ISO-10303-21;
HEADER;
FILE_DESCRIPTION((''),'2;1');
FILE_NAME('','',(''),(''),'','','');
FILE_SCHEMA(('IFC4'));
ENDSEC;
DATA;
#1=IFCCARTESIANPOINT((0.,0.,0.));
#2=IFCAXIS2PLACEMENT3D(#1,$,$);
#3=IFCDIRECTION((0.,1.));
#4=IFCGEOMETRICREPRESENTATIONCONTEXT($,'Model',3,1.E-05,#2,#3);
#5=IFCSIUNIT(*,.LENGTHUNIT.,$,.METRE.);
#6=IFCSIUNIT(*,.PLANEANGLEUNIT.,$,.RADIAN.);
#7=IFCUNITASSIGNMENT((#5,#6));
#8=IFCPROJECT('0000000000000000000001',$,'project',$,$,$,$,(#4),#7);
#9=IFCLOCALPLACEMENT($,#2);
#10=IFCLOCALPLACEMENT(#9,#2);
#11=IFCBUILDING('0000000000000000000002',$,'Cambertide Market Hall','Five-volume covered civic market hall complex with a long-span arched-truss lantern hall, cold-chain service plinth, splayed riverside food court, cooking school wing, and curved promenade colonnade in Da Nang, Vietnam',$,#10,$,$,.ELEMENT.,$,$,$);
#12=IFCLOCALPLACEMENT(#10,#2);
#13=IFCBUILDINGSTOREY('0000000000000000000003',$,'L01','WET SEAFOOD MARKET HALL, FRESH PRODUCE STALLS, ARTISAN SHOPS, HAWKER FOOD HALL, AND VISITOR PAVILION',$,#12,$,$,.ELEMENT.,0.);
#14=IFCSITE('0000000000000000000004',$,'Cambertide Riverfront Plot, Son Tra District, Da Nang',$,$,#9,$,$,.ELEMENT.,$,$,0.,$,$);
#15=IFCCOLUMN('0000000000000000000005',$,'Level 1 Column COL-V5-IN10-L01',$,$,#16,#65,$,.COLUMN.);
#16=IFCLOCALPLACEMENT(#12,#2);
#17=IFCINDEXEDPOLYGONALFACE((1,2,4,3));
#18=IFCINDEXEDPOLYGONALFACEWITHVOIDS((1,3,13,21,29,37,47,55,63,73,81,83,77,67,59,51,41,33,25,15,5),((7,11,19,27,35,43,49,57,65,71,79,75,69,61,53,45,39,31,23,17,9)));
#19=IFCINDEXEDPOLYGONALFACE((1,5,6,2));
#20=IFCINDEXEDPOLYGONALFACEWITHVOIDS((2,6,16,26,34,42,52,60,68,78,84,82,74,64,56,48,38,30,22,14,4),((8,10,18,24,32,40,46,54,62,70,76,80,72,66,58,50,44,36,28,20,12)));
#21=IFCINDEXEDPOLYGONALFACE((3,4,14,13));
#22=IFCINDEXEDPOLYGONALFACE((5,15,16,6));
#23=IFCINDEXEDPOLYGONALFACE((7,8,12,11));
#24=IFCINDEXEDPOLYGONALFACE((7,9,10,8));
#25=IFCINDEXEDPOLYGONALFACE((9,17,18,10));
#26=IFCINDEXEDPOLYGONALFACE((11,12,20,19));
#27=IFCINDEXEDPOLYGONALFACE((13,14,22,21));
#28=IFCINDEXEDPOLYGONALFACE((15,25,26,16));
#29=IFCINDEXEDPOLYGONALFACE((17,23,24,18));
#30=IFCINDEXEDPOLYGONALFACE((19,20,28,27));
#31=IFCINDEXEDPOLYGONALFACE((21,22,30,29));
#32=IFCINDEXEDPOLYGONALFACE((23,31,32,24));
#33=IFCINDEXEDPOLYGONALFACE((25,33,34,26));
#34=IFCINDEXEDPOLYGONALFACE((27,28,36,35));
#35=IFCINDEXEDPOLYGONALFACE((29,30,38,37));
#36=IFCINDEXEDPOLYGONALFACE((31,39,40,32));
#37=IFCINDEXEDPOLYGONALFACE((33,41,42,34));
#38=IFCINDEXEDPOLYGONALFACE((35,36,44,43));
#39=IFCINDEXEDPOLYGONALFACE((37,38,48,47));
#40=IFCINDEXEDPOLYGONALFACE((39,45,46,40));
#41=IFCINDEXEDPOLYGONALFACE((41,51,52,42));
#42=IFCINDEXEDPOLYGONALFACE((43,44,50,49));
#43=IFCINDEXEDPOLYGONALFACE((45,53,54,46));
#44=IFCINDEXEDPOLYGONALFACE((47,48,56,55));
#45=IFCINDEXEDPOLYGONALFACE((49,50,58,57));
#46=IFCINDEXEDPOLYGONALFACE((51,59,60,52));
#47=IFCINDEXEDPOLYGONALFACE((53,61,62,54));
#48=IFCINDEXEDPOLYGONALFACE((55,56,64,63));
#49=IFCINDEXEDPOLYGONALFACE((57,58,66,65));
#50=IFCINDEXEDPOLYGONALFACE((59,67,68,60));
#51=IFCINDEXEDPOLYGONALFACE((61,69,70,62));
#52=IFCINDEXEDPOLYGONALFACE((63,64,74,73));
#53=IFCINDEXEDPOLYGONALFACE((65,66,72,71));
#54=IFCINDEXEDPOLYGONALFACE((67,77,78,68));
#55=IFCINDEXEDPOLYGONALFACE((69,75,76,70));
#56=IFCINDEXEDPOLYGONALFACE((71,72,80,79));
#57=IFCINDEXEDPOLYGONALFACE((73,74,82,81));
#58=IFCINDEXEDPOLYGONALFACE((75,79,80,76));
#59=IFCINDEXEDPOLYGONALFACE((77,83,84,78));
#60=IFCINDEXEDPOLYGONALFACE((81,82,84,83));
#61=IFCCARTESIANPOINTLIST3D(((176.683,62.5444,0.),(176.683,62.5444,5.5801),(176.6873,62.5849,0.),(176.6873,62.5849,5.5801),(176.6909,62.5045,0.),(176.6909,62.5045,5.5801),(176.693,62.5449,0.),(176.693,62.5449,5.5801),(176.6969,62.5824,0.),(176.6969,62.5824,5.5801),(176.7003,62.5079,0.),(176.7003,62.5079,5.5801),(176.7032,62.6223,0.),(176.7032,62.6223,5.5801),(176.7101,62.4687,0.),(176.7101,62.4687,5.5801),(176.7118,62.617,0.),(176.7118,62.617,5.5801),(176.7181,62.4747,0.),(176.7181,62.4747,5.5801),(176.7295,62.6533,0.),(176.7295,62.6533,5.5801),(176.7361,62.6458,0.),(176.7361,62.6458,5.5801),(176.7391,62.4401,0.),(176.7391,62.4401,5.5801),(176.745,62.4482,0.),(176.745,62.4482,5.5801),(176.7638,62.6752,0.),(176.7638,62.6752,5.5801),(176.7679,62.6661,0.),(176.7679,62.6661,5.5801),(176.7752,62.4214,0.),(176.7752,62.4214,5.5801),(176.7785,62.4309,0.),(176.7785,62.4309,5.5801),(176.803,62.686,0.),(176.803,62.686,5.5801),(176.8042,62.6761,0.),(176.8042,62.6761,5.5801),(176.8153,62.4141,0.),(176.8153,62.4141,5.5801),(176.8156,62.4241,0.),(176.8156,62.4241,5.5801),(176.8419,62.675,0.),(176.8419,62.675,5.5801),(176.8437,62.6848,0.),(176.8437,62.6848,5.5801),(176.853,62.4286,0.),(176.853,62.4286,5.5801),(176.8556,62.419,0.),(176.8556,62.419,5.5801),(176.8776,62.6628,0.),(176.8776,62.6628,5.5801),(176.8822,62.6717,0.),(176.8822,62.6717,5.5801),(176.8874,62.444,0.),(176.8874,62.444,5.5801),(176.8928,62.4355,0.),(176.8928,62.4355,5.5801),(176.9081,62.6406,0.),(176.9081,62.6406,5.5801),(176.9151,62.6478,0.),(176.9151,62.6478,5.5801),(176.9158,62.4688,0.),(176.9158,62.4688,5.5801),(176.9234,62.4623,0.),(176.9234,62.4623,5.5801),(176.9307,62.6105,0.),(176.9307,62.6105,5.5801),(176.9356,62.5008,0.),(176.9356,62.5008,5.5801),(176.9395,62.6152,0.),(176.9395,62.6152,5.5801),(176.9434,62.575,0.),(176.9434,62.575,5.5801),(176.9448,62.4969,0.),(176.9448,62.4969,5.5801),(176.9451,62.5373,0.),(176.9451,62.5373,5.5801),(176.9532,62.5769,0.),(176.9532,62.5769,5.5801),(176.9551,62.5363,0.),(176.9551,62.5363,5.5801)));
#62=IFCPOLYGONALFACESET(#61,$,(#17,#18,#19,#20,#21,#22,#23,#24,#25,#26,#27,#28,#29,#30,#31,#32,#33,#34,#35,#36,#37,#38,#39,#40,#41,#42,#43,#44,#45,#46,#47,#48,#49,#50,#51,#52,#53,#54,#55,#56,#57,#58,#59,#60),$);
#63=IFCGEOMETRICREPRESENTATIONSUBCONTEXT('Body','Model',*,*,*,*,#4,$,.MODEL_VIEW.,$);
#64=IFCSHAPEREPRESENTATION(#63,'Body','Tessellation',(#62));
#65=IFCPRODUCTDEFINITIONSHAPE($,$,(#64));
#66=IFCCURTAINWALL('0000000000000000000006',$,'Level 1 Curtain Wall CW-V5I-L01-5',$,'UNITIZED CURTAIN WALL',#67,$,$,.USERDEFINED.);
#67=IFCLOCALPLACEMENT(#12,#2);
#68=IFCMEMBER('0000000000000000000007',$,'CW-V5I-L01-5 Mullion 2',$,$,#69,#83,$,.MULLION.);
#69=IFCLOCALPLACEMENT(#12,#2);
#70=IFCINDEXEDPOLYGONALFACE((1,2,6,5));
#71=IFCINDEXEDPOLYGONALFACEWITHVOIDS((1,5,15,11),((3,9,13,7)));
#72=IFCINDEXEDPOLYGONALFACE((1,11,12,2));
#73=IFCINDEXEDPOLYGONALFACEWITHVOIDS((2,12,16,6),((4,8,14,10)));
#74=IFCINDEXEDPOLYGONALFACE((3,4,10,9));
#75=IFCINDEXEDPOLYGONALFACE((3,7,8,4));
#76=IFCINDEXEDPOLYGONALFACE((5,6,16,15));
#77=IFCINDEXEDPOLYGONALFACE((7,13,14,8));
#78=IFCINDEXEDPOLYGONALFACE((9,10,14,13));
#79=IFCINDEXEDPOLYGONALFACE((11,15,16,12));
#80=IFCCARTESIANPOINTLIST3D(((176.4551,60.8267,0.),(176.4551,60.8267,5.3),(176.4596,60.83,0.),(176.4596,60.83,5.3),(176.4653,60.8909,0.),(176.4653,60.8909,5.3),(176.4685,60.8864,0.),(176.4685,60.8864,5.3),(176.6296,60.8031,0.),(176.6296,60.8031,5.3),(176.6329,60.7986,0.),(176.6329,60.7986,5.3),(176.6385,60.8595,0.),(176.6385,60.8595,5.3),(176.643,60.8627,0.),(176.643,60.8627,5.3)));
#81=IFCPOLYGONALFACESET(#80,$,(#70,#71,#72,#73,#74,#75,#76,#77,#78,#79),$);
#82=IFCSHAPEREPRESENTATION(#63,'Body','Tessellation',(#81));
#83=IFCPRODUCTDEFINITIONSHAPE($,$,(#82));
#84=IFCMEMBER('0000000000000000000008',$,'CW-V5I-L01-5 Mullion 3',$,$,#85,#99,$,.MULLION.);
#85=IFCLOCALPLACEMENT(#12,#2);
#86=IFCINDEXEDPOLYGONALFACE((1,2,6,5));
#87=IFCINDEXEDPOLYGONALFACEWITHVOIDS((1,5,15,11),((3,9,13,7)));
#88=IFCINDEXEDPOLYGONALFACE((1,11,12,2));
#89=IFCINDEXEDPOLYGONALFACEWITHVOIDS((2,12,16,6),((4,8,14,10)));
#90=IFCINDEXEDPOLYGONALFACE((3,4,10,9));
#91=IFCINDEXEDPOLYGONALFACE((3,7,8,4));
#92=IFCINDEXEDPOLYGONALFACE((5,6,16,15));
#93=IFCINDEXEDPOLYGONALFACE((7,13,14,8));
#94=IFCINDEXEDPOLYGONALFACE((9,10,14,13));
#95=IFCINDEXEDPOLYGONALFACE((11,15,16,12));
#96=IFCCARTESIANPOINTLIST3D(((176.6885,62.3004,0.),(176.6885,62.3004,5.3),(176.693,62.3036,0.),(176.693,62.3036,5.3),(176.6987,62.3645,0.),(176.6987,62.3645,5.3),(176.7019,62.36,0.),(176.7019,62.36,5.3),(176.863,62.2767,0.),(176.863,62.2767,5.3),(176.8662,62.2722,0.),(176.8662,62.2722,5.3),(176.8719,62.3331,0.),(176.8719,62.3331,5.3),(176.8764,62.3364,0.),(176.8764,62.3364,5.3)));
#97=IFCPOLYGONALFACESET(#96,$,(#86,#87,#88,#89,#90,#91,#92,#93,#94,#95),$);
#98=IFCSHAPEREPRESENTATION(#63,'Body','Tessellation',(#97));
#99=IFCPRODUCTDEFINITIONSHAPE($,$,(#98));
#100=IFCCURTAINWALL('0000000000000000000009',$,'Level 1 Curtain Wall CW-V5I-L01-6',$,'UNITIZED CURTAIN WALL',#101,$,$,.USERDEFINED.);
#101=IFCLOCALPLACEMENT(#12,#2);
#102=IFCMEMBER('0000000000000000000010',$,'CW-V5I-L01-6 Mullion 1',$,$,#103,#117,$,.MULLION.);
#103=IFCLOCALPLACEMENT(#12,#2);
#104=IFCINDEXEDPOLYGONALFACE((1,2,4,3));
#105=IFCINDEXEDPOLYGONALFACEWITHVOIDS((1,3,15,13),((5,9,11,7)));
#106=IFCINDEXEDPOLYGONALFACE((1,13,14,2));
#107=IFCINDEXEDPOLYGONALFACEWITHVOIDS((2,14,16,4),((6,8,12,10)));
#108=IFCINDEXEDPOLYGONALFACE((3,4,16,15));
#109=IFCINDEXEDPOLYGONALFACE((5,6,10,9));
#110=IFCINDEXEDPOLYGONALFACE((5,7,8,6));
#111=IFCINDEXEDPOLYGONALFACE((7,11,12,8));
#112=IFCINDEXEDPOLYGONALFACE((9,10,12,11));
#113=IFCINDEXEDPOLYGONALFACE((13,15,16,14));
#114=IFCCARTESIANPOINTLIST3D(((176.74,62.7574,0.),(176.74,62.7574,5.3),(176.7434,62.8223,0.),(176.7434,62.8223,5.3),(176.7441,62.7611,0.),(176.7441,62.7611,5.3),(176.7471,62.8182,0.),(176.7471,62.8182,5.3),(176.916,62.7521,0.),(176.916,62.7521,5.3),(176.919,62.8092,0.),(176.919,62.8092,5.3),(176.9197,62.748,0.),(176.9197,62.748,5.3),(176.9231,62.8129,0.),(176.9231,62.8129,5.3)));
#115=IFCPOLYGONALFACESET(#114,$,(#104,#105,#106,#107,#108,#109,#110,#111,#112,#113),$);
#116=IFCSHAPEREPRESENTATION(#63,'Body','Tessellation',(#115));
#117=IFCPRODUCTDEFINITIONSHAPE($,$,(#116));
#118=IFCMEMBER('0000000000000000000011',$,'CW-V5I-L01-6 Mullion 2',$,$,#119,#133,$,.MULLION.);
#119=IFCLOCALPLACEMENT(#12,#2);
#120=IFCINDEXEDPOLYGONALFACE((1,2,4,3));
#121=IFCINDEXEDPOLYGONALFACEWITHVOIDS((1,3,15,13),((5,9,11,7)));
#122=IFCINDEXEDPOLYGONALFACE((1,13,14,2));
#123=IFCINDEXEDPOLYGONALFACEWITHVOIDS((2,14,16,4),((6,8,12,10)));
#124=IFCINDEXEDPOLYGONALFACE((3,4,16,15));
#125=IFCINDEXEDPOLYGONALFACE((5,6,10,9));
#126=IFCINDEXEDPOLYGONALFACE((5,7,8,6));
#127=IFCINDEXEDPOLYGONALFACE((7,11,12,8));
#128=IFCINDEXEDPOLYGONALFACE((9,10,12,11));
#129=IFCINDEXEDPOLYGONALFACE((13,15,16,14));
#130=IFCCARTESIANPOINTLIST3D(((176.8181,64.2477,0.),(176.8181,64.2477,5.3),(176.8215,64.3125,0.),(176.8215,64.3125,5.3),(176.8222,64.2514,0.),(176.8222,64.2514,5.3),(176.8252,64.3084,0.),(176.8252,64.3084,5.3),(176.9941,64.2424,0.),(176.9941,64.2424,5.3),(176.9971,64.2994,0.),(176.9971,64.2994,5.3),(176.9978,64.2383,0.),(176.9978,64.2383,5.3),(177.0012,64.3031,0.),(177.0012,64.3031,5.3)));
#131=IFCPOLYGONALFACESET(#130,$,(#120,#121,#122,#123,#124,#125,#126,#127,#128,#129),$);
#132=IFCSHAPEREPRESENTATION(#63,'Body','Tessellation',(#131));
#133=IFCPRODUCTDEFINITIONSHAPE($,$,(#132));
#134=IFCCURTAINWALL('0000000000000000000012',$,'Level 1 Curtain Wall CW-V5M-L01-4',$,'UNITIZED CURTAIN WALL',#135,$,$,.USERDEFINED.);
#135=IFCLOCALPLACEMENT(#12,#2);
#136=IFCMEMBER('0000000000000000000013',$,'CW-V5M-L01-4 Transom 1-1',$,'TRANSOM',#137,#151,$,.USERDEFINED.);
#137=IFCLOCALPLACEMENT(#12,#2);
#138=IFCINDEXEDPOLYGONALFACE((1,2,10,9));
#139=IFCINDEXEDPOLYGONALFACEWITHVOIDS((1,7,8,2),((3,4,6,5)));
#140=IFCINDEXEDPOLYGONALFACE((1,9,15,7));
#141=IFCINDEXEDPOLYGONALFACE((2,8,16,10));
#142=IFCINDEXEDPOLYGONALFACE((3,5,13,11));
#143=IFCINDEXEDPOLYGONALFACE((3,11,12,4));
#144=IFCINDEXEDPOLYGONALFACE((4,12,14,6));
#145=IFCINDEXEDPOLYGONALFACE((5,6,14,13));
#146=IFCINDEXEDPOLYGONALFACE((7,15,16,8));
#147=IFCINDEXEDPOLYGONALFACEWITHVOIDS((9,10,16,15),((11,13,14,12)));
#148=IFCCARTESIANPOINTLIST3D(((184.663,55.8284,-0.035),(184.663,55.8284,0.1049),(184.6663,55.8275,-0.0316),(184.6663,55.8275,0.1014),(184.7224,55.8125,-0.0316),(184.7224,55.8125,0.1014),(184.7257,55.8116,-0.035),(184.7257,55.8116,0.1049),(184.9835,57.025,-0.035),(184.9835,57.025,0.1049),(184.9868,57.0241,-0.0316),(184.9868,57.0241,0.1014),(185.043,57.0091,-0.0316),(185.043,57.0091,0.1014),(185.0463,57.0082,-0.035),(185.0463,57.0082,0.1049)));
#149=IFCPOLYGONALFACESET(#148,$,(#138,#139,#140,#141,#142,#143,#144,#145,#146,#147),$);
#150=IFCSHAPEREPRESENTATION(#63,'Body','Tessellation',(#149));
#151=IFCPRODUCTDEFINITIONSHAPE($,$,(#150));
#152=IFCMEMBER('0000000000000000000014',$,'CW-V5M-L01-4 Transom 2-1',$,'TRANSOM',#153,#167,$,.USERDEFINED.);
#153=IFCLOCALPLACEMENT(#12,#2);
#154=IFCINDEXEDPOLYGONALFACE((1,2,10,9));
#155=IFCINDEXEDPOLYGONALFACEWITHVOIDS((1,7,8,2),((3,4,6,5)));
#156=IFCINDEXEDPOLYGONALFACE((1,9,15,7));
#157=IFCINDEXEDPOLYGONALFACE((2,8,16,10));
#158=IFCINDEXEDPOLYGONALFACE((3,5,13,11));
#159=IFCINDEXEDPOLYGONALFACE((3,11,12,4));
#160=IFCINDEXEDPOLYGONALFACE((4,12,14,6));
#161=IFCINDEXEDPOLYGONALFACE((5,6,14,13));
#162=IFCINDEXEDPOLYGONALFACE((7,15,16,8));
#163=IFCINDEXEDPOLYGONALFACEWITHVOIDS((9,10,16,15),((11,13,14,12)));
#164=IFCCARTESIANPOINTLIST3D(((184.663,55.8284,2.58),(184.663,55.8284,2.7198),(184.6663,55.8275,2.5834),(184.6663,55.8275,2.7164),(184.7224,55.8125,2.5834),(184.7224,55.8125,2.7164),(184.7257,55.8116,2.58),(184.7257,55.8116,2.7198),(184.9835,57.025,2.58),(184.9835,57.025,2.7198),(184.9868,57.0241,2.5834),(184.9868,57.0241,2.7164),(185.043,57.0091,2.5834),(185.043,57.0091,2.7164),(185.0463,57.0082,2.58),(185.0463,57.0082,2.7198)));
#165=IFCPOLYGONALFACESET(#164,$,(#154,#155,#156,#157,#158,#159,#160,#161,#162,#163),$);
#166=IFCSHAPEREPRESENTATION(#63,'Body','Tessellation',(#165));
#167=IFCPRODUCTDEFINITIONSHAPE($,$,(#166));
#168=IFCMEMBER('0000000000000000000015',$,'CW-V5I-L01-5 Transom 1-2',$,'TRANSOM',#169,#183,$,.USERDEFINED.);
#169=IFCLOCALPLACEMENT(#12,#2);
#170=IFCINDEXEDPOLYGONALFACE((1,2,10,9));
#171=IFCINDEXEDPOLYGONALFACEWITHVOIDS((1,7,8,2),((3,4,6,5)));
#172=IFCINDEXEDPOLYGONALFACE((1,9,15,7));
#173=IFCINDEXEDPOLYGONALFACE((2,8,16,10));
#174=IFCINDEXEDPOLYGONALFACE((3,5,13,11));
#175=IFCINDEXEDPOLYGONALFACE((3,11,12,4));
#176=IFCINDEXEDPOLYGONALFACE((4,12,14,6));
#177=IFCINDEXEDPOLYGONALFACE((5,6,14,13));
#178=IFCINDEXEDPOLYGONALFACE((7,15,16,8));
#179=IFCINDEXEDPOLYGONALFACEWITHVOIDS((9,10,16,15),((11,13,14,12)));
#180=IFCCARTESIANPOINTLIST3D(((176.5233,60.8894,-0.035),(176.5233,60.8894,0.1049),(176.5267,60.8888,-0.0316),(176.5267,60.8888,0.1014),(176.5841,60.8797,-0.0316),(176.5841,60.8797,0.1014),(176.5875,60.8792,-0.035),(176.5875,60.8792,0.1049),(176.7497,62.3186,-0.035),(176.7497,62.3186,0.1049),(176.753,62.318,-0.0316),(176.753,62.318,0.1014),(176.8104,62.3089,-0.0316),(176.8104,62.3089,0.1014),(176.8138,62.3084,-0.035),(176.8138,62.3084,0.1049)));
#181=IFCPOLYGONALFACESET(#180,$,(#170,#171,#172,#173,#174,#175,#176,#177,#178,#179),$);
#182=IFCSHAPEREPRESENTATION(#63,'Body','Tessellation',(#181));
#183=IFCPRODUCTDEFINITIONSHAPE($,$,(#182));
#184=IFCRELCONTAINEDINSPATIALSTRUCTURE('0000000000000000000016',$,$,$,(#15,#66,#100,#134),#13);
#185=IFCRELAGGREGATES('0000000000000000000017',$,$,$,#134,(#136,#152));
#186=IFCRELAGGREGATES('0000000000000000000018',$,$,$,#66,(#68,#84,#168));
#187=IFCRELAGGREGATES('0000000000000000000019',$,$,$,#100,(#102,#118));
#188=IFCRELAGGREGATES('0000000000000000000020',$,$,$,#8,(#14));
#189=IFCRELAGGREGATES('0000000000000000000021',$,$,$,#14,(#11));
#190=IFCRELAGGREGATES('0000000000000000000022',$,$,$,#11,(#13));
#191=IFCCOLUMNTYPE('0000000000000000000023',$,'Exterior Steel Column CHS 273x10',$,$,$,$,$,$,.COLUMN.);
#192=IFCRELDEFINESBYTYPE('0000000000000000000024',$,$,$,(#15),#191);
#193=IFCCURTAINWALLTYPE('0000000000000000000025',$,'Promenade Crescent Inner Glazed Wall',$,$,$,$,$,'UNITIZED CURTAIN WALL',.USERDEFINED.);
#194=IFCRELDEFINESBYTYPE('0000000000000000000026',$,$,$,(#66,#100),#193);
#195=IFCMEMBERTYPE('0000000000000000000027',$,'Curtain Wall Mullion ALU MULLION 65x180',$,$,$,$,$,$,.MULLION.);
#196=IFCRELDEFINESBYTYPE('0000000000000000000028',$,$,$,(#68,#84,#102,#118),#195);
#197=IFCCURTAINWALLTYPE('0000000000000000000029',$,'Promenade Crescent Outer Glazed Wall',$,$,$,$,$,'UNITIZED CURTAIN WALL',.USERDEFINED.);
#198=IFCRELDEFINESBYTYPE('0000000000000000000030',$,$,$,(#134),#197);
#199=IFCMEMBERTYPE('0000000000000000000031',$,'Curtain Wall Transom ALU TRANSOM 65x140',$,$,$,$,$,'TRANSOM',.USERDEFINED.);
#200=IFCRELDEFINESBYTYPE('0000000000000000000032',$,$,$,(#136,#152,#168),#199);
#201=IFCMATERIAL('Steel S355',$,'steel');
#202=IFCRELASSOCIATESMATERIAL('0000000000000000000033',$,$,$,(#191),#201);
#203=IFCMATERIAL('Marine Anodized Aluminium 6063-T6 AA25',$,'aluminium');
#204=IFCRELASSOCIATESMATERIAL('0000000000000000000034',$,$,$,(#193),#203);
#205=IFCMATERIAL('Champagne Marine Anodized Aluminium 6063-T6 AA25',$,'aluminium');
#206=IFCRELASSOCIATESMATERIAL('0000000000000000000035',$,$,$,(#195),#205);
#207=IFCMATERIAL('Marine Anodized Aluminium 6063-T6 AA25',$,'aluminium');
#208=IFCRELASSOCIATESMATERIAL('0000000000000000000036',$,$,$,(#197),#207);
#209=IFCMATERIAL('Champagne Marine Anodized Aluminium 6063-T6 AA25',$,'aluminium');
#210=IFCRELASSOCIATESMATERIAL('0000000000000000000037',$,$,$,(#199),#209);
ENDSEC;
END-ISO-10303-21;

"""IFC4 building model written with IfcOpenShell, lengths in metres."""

from ifc_helpers import new_model, si_unit, direction, frame, origin, origin_2d, place, context, subcontext, project, spatial, hollow_rectangle, hollow_circle, extrude, material, material_profile, profile_set, type_object, element, aggregate, save


model = new_model("IFC4")

# Units and contexts
model_context = context("Model", 3, precision=1e-05, world=origin(), true_north=direction((0.0, 1.0)))
body_context = subcontext(model_context, "Body", "Model", "MODEL_VIEW")
ifc_project = project(units=[si_unit("LENGTHUNIT", "METRE"), si_unit("PLANEANGLEUNIT", "RADIAN")], contexts=[model_context])

# Site, building, storey
site_placement = place(None, origin())
site = spatial("IfcSite", under=ifc_project, at=site_placement, Name="Cambertide Riverfront Plot, Son Tra District, Da Nang", CompositionType="ELEMENT", RefElevation=0.0)
building_placement = place(site_placement, origin())
building = spatial("IfcBuilding", under=site, at=building_placement, Name="Cambertide Market Hall", Description="Five-volume covered civic market hall complex with a long-span arched-truss lantern hall, cold-chain service plinth, splayed riverside food court, cooking school wing, and curved promenade colonnade in Da Nang, Vietnam", CompositionType="ELEMENT")
storey_placement = place(building_placement, origin())
storey = spatial("IfcBuildingStorey", under=building, at=storey_placement, Name="L01", Description="WET SEAFOOD MARKET HALL, FRESH PRODUCE STALLS, ARTISAN SHOPS, HAWKER FOOD HALL, AND VISITOR PAVILION", CompositionType="ELEMENT", Elevation=0.0)

# Column
ifc_material_1 = material(Name="Steel S355", Category="steel")
ifc_material_profile_1 = material_profile(ifc_material_1, hollow_circle(Radius=0.1365, WallThickness=0.01, at=origin_2d()), Name="CHS 273x10")
ifc_profile_set_1 = profile_set([ifc_material_profile_1], Name="Steel S355")
column_type = type_object("IfcColumnType", Name="Exterior Steel Column CHS 273x10", PredefinedType="COLUMN", material=ifc_profile_set_1)
column_placement = place(storey_placement, frame((176.8193, 62.5505, 0.0), z_axis=(0.0, 0.0, 1.0), x_axis=(0.994522, -0.104528, 0.0)))
element("IfcColumn", 1, at=column_placement, inside=storey, type_object=column_type, Name="Level 1 Column COL-V5-IN10-L01", PredefinedType="COLUMN", context=body_context, shape_type="SweptSolid", body=[
    extrude(hollow_circle(Radius=0.1365, WallThickness=0.01, at=origin_2d()), origin(), (0.0, 0.0, 1.0), 5.5801),
])

# Curtain walls, members
ifc_material_2 = material(Name="Marine Anodized Aluminium 6063-T6 AA25", Category="aluminium")
curtain_wall_type_1 = type_object("IfcCurtainWallType", Name="Promenade Crescent Inner Glazed Wall", ElementType="UNITIZED CURTAIN WALL", PredefinedType="USERDEFINED", material=ifc_material_2)
curtain_wall_1_placement = place(storey_placement, origin())
curtain_wall_1 = element("IfcCurtainWall", 2, at=curtain_wall_1_placement, inside=storey, type_object=curtain_wall_type_1, Name="Level 1 Curtain Wall CW-V5I-L01-5", ObjectType="UNITIZED CURTAIN WALL", PredefinedType="USERDEFINED")
ifc_material_3 = material(Name="Champagne Marine Anodized Aluminium 6063-T6 AA25", Category="aluminium")
ifc_material_profile_2 = material_profile(ifc_material_3, hollow_rectangle(XDim=0.0649, YDim=0.1799, WallThickness=0.0039, at=origin_2d()), Name="ALU MULLION 65x180")
ifc_profile_set_2 = profile_set([ifc_material_profile_2], Name="Champagne Marine Anodized Aluminium 6063-T6 AA25")
member_type_1 = type_object("IfcMemberType", Name="Curtain Wall Mullion ALU MULLION 65x180", PredefinedType="MULLION", material=ifc_profile_set_2)
member_1_placement = place(storey_placement, frame((176.5491, 60.8447, 0.0), z_axis=(0.0, 0.0, 1.0), x_axis=(0.156435, 0.987688, 0.0)))
member_1 = element("IfcMember", 3, at=member_1_placement, type_object=member_type_1, Name="CW-V5I-L01-5 Mullion 2", PredefinedType="MULLION", context=body_context, shape_type="SweptSolid", body=[
    extrude(hollow_rectangle(XDim=0.0649, YDim=0.1799, WallThickness=0.0039, at=origin_2d()), origin(), (0.0, 0.0, 1.0), 5.3),
])
member_2_placement = place(storey_placement, frame((176.7825, 62.3184, 0.0), z_axis=(0.0, 0.0, 1.0), x_axis=(0.156435, 0.987688, 0.0)))
member_2 = element("IfcMember", 4, at=member_2_placement, type_object=member_type_1, Name="CW-V5I-L01-5 Mullion 3", PredefinedType="MULLION", context=body_context, shape_type="SweptSolid", body=[
    extrude(hollow_rectangle(XDim=0.0649, YDim=0.1799, WallThickness=0.0039, at=origin_2d()), origin(), (0.0, 0.0, 1.0), 5.3),
])
curtain_wall_2_placement = place(storey_placement, origin())
curtain_wall_2 = element("IfcCurtainWall", 5, at=curtain_wall_2_placement, inside=storey, type_object=curtain_wall_type_1, Name="Level 1 Curtain Wall CW-V5I-L01-6", ObjectType="UNITIZED CURTAIN WALL", PredefinedType="USERDEFINED")
member_3_placement = place(storey_placement, frame((176.8315, 62.7852, 0.0), z_axis=(0.0, 0.0, 1.0), x_axis=(0.052336, 0.99863, 0.0)))
member_3 = element("IfcMember", 6, at=member_3_placement, type_object=member_type_1, Name="CW-V5I-L01-6 Mullion 1", PredefinedType="MULLION", context=body_context, shape_type="SweptSolid", body=[
    extrude(hollow_rectangle(XDim=0.0649, YDim=0.1799, WallThickness=0.0039, at=origin_2d()), origin(), (0.0, 0.0, 1.0), 5.3),
])
member_4_placement = place(storey_placement, frame((176.9097, 64.2754, 0.0), z_axis=(0.0, 0.0, 1.0), x_axis=(0.052336, 0.99863, 0.0)))
member_4 = element("IfcMember", 7, at=member_4_placement, type_object=member_type_1, Name="CW-V5I-L01-6 Mullion 2", PredefinedType="MULLION", context=body_context, shape_type="SweptSolid", body=[
    extrude(hollow_rectangle(XDim=0.0649, YDim=0.1799, WallThickness=0.0039, at=origin_2d()), origin(), (0.0, 0.0, 1.0), 5.3),
])
ifc_material_4 = material(Name="Marine Anodized Aluminium 6063-T6 AA25", Category="aluminium")
curtain_wall_type_2 = type_object("IfcCurtainWallType", Name="Promenade Crescent Outer Glazed Wall", ElementType="UNITIZED CURTAIN WALL", PredefinedType="USERDEFINED", material=ifc_material_4)
curtain_wall_3_placement = place(storey_placement, origin())
curtain_wall_3 = element("IfcCurtainWall", 8, at=curtain_wall_3_placement, inside=storey, type_object=curtain_wall_type_2, Name="Level 1 Curtain Wall CW-V5M-L01-4", ObjectType="UNITIZED CURTAIN WALL", PredefinedType="USERDEFINED")
ifc_material_5 = material(Name="Champagne Marine Anodized Aluminium 6063-T6 AA25", Category="aluminium")
ifc_material_profile_3 = material_profile(ifc_material_5, hollow_rectangle(XDim=0.0649, YDim=0.1399, WallThickness=0.0034, at=origin_2d()), Name="ALU TRANSOM 65x140")
ifc_profile_set_3 = profile_set([ifc_material_profile_3], Name="Champagne Marine Anodized Aluminium 6063-T6 AA25")
member_type_2 = type_object("IfcMemberType", Name="Curtain Wall Transom ALU TRANSOM 65x140", ElementType="TRANSOM", PredefinedType="USERDEFINED", material=ifc_profile_set_3)
member_5_placement = place(storey_placement, frame((185.0149, 57.0166, 0.0349), z_axis=(-0.258779, -0.965937, 0.0), x_axis=(0.965937, -0.258779, 0.0)))
member_5 = element("IfcMember", 9, at=member_5_placement, type_object=member_type_2, Name="CW-V5M-L01-4 Transom 1-1", ObjectType="TRANSOM", PredefinedType="USERDEFINED", context=body_context, shape_type="SweptSolid", body=[
    extrude(hollow_rectangle(XDim=0.0649, YDim=0.1399, WallThickness=0.0034, at=origin_2d()), origin(), (0.0, 0.0, 1.0), 1.2388),
])
member_6_placement = place(storey_placement, frame((185.0149, 57.0166, 2.6499), z_axis=(-0.258779, -0.965937, 0.0), x_axis=(0.965937, -0.258779, 0.0)))
member_6 = element("IfcMember", 10, at=member_6_placement, type_object=member_type_2, Name="CW-V5M-L01-4 Transom 2-1", ObjectType="TRANSOM", PredefinedType="USERDEFINED", context=body_context, shape_type="SweptSolid", body=[
    extrude(hollow_rectangle(XDim=0.0649, YDim=0.1399, WallThickness=0.0034, at=origin_2d()), origin(), (0.0, 0.0, 1.0), 1.2388),
])

# Member
member_7_placement = place(storey_placement, frame((176.5554, 60.8843, 0.0349), z_axis=(0.156404, 0.987693, 0.0), x_axis=(-0.987693, 0.156404, 0.0)))
member_7 = element("IfcMember", 11, at=member_7_placement, type_object=member_type_2, Name="CW-V5I-L01-5 Transom 1-2", ObjectType="TRANSOM", PredefinedType="USERDEFINED", context=body_context, shape_type="SweptSolid", body=[
    extrude(hollow_rectangle(XDim=0.0649, YDim=0.1399, WallThickness=0.0034, at=origin_2d()), origin(), (0.0, 0.0, 1.0), 1.447),
])

aggregate(curtain_wall_3, [member_5, member_6])
aggregate(curtain_wall_1, [member_1, member_2, member_7])
aggregate(curtain_wall_2, [member_3, member_4])

save(model, "model.ifc")
